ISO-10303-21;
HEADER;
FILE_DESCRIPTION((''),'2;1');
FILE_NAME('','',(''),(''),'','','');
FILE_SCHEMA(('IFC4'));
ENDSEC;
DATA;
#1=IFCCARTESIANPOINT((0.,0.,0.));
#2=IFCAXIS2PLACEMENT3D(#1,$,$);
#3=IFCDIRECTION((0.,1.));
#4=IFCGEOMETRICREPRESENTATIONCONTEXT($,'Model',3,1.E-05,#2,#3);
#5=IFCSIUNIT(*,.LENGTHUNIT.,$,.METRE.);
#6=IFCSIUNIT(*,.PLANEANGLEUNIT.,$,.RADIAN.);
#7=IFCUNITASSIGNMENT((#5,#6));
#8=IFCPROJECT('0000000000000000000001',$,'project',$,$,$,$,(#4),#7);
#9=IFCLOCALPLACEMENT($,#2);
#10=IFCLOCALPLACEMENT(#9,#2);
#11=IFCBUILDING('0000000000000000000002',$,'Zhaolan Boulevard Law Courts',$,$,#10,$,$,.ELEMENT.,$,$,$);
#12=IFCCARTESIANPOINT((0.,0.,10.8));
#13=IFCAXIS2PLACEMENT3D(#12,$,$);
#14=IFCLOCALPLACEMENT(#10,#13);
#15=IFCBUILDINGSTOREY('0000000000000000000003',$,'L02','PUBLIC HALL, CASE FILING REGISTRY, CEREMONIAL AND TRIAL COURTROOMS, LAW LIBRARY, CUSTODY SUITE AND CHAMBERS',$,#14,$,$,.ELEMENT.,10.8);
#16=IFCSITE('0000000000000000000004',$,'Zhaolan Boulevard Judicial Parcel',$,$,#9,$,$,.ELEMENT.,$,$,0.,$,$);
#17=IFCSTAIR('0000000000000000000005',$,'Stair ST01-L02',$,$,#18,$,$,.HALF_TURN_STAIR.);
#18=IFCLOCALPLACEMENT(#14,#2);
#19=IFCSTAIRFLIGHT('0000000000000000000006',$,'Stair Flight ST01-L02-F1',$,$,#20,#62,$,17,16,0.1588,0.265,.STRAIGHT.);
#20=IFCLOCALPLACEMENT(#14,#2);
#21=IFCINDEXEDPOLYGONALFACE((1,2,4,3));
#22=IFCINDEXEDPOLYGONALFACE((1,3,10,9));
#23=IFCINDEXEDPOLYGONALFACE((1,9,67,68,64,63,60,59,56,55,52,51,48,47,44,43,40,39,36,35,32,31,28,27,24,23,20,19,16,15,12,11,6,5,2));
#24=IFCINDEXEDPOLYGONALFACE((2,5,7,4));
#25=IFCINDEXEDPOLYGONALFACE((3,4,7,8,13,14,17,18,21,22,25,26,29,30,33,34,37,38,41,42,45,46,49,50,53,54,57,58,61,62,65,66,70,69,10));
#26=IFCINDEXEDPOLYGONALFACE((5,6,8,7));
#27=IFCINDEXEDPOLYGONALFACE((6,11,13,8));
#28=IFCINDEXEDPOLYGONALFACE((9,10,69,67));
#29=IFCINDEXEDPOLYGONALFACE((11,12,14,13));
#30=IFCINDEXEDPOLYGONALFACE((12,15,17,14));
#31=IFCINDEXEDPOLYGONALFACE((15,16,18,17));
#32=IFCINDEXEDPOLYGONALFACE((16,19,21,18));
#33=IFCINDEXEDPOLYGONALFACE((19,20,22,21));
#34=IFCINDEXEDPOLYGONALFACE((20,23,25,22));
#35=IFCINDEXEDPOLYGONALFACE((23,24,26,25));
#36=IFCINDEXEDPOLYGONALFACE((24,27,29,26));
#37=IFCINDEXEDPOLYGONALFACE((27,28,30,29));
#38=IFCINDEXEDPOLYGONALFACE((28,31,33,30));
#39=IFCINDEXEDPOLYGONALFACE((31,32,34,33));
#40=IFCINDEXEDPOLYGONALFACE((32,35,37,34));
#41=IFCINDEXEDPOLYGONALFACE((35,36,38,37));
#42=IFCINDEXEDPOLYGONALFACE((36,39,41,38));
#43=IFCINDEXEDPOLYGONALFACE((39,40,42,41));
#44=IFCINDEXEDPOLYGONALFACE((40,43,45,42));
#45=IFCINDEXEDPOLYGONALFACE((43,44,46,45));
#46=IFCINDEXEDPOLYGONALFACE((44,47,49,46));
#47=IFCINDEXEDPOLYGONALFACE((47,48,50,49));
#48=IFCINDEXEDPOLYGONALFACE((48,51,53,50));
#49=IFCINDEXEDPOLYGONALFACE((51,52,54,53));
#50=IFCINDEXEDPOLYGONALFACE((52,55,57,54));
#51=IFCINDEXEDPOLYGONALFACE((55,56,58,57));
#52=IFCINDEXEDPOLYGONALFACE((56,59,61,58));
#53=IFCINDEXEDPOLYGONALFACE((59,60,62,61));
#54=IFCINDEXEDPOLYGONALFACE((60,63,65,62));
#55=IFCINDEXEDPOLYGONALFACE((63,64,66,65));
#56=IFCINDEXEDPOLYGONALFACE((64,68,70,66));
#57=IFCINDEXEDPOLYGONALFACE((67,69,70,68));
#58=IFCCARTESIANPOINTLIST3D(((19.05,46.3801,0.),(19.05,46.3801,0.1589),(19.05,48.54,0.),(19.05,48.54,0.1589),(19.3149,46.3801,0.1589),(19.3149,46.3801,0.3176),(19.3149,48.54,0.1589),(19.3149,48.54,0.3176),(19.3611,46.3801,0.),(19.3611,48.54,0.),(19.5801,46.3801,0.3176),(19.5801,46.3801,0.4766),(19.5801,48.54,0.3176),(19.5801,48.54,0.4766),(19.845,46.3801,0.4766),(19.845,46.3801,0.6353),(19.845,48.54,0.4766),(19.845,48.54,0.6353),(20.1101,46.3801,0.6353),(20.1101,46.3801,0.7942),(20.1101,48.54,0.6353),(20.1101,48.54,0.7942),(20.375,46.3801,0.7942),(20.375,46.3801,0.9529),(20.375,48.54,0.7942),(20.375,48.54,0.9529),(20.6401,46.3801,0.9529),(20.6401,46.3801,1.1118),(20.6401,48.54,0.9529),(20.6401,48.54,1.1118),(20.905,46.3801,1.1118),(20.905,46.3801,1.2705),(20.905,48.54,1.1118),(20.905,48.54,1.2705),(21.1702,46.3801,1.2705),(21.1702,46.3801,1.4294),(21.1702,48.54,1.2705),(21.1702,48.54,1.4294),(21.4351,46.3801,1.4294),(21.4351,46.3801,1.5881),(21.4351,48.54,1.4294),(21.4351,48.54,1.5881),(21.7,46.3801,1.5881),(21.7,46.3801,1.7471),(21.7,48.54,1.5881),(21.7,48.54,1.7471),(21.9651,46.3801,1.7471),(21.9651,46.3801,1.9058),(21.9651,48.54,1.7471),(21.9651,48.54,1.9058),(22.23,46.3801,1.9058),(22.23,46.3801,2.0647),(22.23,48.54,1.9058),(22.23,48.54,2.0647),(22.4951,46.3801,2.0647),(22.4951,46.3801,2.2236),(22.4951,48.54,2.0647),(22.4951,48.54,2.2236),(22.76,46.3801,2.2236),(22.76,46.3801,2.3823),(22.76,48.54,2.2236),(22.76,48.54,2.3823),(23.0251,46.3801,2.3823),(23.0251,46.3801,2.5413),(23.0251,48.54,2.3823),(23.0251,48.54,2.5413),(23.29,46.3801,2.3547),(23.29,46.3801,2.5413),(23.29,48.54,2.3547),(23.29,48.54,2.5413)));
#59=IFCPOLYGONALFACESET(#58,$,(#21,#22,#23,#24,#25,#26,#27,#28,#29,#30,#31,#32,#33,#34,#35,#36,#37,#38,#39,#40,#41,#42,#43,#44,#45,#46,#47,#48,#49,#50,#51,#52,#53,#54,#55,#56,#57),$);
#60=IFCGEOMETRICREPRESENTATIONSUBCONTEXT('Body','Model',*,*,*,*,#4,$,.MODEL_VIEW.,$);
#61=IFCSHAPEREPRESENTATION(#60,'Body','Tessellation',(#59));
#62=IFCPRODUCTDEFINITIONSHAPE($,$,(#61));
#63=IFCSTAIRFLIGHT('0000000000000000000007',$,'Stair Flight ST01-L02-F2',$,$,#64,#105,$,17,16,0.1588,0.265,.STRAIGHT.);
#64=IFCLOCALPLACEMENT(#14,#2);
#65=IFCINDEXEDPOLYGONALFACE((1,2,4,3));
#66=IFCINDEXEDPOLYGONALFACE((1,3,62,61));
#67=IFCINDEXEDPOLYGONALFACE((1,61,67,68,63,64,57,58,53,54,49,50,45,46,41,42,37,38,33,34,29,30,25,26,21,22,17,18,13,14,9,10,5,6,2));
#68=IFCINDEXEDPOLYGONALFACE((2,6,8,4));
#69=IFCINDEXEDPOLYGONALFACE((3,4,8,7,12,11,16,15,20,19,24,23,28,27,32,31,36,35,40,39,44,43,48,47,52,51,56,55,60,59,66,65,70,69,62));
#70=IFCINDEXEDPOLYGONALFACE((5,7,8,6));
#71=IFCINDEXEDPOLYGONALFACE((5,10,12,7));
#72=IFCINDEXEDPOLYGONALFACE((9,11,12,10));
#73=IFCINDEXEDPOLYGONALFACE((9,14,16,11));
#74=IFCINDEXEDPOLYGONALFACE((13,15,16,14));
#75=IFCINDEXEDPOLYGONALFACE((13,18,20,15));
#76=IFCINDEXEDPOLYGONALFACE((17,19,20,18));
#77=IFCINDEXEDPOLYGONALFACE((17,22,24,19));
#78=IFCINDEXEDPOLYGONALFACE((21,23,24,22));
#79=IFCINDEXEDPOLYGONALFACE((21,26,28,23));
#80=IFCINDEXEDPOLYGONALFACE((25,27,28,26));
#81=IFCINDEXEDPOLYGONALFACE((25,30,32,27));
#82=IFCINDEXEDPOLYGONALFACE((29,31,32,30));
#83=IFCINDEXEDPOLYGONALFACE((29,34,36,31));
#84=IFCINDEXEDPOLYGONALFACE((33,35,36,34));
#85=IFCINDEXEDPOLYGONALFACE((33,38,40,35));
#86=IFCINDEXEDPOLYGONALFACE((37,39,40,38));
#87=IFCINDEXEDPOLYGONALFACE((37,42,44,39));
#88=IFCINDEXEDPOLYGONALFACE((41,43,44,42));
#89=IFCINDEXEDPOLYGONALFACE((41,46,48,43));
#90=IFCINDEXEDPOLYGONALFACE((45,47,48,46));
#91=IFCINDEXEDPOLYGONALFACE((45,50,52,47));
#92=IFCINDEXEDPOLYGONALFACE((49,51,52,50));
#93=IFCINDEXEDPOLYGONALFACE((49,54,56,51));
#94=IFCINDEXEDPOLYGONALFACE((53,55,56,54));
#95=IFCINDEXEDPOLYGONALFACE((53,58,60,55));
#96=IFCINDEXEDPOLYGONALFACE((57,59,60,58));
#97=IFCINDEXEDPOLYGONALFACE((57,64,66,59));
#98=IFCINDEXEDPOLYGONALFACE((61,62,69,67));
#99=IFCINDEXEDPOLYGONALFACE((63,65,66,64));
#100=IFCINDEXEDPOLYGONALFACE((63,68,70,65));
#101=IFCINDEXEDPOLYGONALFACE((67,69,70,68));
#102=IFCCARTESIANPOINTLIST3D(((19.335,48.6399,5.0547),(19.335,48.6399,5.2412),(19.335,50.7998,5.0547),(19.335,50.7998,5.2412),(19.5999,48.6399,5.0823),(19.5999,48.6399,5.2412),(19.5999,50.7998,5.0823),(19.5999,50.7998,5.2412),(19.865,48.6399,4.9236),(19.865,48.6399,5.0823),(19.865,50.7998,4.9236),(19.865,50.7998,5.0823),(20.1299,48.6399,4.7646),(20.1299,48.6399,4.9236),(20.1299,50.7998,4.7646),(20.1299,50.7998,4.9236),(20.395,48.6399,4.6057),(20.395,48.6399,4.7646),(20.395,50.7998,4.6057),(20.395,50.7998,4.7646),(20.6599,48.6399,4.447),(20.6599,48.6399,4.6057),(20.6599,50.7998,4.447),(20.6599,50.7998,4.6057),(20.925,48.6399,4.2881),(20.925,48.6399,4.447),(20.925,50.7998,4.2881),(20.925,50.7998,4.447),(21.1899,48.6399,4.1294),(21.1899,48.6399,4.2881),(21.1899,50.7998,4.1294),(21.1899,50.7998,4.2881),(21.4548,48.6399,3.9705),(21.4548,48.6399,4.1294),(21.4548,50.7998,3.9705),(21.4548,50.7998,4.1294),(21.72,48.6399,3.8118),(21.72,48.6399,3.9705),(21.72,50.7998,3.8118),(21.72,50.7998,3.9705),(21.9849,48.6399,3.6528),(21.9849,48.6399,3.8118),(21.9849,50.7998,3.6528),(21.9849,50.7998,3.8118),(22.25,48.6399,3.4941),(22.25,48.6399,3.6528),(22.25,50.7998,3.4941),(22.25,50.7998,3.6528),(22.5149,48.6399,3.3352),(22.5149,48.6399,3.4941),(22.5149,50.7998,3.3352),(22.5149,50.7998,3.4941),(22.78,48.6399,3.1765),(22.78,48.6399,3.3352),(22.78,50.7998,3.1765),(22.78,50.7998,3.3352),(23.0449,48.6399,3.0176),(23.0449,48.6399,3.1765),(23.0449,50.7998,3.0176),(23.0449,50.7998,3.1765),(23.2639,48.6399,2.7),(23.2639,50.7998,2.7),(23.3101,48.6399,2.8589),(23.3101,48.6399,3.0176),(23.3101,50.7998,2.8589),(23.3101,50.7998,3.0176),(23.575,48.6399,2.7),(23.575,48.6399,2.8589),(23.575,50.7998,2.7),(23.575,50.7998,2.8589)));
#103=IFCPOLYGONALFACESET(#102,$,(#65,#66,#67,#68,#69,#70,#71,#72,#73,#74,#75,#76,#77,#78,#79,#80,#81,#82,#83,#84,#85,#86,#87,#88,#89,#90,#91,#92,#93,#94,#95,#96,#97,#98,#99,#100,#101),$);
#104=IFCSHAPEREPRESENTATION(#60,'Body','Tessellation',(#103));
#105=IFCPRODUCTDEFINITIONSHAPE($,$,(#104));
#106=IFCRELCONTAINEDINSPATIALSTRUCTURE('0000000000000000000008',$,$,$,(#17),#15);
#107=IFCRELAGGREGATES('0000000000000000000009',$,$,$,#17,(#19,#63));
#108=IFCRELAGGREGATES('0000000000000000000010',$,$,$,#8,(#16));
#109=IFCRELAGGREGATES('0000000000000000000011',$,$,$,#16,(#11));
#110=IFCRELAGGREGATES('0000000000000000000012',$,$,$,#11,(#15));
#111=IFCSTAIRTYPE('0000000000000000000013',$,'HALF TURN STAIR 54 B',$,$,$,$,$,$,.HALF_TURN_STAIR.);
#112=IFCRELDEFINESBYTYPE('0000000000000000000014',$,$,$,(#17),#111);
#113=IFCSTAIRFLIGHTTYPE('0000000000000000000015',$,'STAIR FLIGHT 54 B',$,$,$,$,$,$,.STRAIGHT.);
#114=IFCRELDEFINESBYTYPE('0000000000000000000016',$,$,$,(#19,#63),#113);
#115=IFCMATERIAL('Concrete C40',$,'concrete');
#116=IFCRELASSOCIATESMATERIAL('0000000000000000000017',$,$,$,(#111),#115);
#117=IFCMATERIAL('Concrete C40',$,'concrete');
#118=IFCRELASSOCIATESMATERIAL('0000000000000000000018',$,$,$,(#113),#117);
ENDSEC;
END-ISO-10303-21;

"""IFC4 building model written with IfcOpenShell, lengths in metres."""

from ifc_helpers import new_model, si_unit, direction, frame, origin, place, context, subcontext, project, spatial, polyline, outline, extrude, material, type_object, element, aggregate, save


model = new_model("IFC4")

# Units and contexts
model_context = context("Model", 3, precision=1e-05, world=origin(), true_north=direction((0.0, 1.0)))
body_context = subcontext(model_context, "Body", "Model", "MODEL_VIEW")
ifc_project = project(units=[si_unit("LENGTHUNIT", "METRE"), si_unit("PLANEANGLEUNIT", "RADIAN")], contexts=[model_context])

# Site, building, storey
site_placement = place(None, origin())
site = spatial("IfcSite", under=ifc_project, at=site_placement, Name="Zhaolan Boulevard Judicial Parcel", CompositionType="ELEMENT", RefElevation=0.0)
building_placement = place(site_placement, origin())
building = spatial("IfcBuilding", under=site, at=building_placement, Name="Zhaolan Boulevard Law Courts", CompositionType="ELEMENT")
storey_placement = place(building_placement, frame((0.0, 0.0, 10.8)))
storey = spatial("IfcBuildingStorey", under=building, at=storey_placement, Name="L02", Description="PUBLIC HALL, CASE FILING REGISTRY, CEREMONIAL AND TRIAL COURTROOMS, LAW LIBRARY, CUSTODY SUITE AND CHAMBERS", CompositionType="ELEMENT", Elevation=10.8)

# Stair, stair flights
ifc_material_1 = material(Name="Concrete C40", Category="concrete")
stair_type = type_object("IfcStairType", Name="HALF TURN STAIR 54 B", PredefinedType="HALF_TURN_STAIR", material=ifc_material_1)
stair_placement = place(storey_placement, origin())
stair = element("IfcStair", 1, at=stair_placement, inside=storey, type_object=stair_type, Name="Stair ST01-L02", PredefinedType="HALF_TURN_STAIR")
ifc_material_2 = material(Name="Concrete C40", Category="concrete")
stair_flight_type = type_object("IfcStairFlightType", Name="STAIR FLIGHT 54 B", PredefinedType="STRAIGHT", material=ifc_material_2)
stair_flight_1_placement = place(storey_placement, frame((19.05, 47.46, 0.0), z_axis=(0.0, 0.0, 1.0), x_axis=(1.0, 0.0, 0.0)))
stair_flight_1 = element("IfcStairFlight", 2, at=stair_flight_1_placement, type_object=stair_flight_type, Name="Stair Flight ST01-L02-F1", NumberOfRisers=17, NumberOfTreads=16, PredefinedType="STRAIGHT", RiserHeight=0.1588, TreadLength=0.265, context=body_context, shape_type="SweptSolid", body=[
    extrude(outline(polyline([(0.0, 0.0), (0.0, 0.1589), (0.2649, 0.1589), (0.2649, 0.3176), (0.53, 0.3176), (0.53, 0.4766), (0.7949, 0.4766), (0.7949, 0.6353), (1.0601, 0.6353), (1.0601, 0.7942), (1.325, 0.7942), (1.325, 0.9529), (1.5901, 0.9529), (1.5901, 1.1118), (1.855, 1.1118), (1.855, 1.2705), (2.1201, 1.2705), (2.1201, 1.4294), (2.385, 1.4294), (2.385, 1.5881), (2.6499, 1.5881), (2.6499, 1.7471), (2.915, 1.7471), (2.915, 1.9058), (3.1799, 1.9058), (3.1799, 2.0647), (3.4451, 2.0647), (3.4451, 2.2236), (3.71, 2.2236), (3.71, 2.3823), (3.9751, 2.3823), (3.9751, 2.5413), (4.24, 2.5413), (4.24, 2.7), (4.24, 2.3547), (0.311, 0.0), (0.0, 0.0)])), frame((0.0, 1.0801, 0.0), z_axis=(0.0, -1.0, 0.0), x_axis=(1.0, 0.0, 0.0)), (0.0, 0.0, 1.0), 2.1599),
])
stair_flight_2_placement = place(storey_placement, frame((23.575, 49.72, 2.7), z_axis=(0.0, 0.0, 1.0), x_axis=(-1.0, 0.0, 0.0)))
stair_flight_2 = element("IfcStairFlight", 3, at=stair_flight_2_placement, type_object=stair_flight_type, Name="Stair Flight ST01-L02-F2", NumberOfRisers=17, NumberOfTreads=16, PredefinedType="STRAIGHT", RiserHeight=0.1588, TreadLength=0.265, context=body_context, shape_type="SweptSolid", body=[
    extrude(outline(polyline([(0.0, 0.0), (0.0, 0.1589), (0.2649, 0.1589), (0.2649, 0.3176), (0.53, 0.3176), (0.53, 0.4766), (0.7949, 0.4766), (0.7949, 0.6353), (1.0601, 0.6353), (1.0601, 0.7942), (1.325, 0.7942), (1.325, 0.9529), (1.5901, 0.9529), (1.5901, 1.1118), (1.855, 1.1118), (1.855, 1.2705), (2.1201, 1.2705), (2.1201, 1.4294), (2.385, 1.4294), (2.385, 1.5881), (2.6499, 1.5881), (2.6499, 1.7471), (2.915, 1.7471), (2.915, 1.9058), (3.1799, 1.9058), (3.1799, 2.0647), (3.4451, 2.0647), (3.4451, 2.2236), (3.71, 2.2236), (3.71, 2.3823), (3.9751, 2.3823), (3.9751, 2.5413), (4.24, 2.5413), (4.24, 2.7), (4.24, 2.3547), (0.311, 0.0), (0.0, 0.0)])), frame((0.0, 1.0801, 0.0), z_axis=(0.0, -1.0, 0.0), x_axis=(1.0, 0.0, 0.0)), (0.0, 0.0, 1.0), 2.1599),
])
aggregate(stair, [stair_flight_1, stair_flight_2])

save(model, "model.ifc")
